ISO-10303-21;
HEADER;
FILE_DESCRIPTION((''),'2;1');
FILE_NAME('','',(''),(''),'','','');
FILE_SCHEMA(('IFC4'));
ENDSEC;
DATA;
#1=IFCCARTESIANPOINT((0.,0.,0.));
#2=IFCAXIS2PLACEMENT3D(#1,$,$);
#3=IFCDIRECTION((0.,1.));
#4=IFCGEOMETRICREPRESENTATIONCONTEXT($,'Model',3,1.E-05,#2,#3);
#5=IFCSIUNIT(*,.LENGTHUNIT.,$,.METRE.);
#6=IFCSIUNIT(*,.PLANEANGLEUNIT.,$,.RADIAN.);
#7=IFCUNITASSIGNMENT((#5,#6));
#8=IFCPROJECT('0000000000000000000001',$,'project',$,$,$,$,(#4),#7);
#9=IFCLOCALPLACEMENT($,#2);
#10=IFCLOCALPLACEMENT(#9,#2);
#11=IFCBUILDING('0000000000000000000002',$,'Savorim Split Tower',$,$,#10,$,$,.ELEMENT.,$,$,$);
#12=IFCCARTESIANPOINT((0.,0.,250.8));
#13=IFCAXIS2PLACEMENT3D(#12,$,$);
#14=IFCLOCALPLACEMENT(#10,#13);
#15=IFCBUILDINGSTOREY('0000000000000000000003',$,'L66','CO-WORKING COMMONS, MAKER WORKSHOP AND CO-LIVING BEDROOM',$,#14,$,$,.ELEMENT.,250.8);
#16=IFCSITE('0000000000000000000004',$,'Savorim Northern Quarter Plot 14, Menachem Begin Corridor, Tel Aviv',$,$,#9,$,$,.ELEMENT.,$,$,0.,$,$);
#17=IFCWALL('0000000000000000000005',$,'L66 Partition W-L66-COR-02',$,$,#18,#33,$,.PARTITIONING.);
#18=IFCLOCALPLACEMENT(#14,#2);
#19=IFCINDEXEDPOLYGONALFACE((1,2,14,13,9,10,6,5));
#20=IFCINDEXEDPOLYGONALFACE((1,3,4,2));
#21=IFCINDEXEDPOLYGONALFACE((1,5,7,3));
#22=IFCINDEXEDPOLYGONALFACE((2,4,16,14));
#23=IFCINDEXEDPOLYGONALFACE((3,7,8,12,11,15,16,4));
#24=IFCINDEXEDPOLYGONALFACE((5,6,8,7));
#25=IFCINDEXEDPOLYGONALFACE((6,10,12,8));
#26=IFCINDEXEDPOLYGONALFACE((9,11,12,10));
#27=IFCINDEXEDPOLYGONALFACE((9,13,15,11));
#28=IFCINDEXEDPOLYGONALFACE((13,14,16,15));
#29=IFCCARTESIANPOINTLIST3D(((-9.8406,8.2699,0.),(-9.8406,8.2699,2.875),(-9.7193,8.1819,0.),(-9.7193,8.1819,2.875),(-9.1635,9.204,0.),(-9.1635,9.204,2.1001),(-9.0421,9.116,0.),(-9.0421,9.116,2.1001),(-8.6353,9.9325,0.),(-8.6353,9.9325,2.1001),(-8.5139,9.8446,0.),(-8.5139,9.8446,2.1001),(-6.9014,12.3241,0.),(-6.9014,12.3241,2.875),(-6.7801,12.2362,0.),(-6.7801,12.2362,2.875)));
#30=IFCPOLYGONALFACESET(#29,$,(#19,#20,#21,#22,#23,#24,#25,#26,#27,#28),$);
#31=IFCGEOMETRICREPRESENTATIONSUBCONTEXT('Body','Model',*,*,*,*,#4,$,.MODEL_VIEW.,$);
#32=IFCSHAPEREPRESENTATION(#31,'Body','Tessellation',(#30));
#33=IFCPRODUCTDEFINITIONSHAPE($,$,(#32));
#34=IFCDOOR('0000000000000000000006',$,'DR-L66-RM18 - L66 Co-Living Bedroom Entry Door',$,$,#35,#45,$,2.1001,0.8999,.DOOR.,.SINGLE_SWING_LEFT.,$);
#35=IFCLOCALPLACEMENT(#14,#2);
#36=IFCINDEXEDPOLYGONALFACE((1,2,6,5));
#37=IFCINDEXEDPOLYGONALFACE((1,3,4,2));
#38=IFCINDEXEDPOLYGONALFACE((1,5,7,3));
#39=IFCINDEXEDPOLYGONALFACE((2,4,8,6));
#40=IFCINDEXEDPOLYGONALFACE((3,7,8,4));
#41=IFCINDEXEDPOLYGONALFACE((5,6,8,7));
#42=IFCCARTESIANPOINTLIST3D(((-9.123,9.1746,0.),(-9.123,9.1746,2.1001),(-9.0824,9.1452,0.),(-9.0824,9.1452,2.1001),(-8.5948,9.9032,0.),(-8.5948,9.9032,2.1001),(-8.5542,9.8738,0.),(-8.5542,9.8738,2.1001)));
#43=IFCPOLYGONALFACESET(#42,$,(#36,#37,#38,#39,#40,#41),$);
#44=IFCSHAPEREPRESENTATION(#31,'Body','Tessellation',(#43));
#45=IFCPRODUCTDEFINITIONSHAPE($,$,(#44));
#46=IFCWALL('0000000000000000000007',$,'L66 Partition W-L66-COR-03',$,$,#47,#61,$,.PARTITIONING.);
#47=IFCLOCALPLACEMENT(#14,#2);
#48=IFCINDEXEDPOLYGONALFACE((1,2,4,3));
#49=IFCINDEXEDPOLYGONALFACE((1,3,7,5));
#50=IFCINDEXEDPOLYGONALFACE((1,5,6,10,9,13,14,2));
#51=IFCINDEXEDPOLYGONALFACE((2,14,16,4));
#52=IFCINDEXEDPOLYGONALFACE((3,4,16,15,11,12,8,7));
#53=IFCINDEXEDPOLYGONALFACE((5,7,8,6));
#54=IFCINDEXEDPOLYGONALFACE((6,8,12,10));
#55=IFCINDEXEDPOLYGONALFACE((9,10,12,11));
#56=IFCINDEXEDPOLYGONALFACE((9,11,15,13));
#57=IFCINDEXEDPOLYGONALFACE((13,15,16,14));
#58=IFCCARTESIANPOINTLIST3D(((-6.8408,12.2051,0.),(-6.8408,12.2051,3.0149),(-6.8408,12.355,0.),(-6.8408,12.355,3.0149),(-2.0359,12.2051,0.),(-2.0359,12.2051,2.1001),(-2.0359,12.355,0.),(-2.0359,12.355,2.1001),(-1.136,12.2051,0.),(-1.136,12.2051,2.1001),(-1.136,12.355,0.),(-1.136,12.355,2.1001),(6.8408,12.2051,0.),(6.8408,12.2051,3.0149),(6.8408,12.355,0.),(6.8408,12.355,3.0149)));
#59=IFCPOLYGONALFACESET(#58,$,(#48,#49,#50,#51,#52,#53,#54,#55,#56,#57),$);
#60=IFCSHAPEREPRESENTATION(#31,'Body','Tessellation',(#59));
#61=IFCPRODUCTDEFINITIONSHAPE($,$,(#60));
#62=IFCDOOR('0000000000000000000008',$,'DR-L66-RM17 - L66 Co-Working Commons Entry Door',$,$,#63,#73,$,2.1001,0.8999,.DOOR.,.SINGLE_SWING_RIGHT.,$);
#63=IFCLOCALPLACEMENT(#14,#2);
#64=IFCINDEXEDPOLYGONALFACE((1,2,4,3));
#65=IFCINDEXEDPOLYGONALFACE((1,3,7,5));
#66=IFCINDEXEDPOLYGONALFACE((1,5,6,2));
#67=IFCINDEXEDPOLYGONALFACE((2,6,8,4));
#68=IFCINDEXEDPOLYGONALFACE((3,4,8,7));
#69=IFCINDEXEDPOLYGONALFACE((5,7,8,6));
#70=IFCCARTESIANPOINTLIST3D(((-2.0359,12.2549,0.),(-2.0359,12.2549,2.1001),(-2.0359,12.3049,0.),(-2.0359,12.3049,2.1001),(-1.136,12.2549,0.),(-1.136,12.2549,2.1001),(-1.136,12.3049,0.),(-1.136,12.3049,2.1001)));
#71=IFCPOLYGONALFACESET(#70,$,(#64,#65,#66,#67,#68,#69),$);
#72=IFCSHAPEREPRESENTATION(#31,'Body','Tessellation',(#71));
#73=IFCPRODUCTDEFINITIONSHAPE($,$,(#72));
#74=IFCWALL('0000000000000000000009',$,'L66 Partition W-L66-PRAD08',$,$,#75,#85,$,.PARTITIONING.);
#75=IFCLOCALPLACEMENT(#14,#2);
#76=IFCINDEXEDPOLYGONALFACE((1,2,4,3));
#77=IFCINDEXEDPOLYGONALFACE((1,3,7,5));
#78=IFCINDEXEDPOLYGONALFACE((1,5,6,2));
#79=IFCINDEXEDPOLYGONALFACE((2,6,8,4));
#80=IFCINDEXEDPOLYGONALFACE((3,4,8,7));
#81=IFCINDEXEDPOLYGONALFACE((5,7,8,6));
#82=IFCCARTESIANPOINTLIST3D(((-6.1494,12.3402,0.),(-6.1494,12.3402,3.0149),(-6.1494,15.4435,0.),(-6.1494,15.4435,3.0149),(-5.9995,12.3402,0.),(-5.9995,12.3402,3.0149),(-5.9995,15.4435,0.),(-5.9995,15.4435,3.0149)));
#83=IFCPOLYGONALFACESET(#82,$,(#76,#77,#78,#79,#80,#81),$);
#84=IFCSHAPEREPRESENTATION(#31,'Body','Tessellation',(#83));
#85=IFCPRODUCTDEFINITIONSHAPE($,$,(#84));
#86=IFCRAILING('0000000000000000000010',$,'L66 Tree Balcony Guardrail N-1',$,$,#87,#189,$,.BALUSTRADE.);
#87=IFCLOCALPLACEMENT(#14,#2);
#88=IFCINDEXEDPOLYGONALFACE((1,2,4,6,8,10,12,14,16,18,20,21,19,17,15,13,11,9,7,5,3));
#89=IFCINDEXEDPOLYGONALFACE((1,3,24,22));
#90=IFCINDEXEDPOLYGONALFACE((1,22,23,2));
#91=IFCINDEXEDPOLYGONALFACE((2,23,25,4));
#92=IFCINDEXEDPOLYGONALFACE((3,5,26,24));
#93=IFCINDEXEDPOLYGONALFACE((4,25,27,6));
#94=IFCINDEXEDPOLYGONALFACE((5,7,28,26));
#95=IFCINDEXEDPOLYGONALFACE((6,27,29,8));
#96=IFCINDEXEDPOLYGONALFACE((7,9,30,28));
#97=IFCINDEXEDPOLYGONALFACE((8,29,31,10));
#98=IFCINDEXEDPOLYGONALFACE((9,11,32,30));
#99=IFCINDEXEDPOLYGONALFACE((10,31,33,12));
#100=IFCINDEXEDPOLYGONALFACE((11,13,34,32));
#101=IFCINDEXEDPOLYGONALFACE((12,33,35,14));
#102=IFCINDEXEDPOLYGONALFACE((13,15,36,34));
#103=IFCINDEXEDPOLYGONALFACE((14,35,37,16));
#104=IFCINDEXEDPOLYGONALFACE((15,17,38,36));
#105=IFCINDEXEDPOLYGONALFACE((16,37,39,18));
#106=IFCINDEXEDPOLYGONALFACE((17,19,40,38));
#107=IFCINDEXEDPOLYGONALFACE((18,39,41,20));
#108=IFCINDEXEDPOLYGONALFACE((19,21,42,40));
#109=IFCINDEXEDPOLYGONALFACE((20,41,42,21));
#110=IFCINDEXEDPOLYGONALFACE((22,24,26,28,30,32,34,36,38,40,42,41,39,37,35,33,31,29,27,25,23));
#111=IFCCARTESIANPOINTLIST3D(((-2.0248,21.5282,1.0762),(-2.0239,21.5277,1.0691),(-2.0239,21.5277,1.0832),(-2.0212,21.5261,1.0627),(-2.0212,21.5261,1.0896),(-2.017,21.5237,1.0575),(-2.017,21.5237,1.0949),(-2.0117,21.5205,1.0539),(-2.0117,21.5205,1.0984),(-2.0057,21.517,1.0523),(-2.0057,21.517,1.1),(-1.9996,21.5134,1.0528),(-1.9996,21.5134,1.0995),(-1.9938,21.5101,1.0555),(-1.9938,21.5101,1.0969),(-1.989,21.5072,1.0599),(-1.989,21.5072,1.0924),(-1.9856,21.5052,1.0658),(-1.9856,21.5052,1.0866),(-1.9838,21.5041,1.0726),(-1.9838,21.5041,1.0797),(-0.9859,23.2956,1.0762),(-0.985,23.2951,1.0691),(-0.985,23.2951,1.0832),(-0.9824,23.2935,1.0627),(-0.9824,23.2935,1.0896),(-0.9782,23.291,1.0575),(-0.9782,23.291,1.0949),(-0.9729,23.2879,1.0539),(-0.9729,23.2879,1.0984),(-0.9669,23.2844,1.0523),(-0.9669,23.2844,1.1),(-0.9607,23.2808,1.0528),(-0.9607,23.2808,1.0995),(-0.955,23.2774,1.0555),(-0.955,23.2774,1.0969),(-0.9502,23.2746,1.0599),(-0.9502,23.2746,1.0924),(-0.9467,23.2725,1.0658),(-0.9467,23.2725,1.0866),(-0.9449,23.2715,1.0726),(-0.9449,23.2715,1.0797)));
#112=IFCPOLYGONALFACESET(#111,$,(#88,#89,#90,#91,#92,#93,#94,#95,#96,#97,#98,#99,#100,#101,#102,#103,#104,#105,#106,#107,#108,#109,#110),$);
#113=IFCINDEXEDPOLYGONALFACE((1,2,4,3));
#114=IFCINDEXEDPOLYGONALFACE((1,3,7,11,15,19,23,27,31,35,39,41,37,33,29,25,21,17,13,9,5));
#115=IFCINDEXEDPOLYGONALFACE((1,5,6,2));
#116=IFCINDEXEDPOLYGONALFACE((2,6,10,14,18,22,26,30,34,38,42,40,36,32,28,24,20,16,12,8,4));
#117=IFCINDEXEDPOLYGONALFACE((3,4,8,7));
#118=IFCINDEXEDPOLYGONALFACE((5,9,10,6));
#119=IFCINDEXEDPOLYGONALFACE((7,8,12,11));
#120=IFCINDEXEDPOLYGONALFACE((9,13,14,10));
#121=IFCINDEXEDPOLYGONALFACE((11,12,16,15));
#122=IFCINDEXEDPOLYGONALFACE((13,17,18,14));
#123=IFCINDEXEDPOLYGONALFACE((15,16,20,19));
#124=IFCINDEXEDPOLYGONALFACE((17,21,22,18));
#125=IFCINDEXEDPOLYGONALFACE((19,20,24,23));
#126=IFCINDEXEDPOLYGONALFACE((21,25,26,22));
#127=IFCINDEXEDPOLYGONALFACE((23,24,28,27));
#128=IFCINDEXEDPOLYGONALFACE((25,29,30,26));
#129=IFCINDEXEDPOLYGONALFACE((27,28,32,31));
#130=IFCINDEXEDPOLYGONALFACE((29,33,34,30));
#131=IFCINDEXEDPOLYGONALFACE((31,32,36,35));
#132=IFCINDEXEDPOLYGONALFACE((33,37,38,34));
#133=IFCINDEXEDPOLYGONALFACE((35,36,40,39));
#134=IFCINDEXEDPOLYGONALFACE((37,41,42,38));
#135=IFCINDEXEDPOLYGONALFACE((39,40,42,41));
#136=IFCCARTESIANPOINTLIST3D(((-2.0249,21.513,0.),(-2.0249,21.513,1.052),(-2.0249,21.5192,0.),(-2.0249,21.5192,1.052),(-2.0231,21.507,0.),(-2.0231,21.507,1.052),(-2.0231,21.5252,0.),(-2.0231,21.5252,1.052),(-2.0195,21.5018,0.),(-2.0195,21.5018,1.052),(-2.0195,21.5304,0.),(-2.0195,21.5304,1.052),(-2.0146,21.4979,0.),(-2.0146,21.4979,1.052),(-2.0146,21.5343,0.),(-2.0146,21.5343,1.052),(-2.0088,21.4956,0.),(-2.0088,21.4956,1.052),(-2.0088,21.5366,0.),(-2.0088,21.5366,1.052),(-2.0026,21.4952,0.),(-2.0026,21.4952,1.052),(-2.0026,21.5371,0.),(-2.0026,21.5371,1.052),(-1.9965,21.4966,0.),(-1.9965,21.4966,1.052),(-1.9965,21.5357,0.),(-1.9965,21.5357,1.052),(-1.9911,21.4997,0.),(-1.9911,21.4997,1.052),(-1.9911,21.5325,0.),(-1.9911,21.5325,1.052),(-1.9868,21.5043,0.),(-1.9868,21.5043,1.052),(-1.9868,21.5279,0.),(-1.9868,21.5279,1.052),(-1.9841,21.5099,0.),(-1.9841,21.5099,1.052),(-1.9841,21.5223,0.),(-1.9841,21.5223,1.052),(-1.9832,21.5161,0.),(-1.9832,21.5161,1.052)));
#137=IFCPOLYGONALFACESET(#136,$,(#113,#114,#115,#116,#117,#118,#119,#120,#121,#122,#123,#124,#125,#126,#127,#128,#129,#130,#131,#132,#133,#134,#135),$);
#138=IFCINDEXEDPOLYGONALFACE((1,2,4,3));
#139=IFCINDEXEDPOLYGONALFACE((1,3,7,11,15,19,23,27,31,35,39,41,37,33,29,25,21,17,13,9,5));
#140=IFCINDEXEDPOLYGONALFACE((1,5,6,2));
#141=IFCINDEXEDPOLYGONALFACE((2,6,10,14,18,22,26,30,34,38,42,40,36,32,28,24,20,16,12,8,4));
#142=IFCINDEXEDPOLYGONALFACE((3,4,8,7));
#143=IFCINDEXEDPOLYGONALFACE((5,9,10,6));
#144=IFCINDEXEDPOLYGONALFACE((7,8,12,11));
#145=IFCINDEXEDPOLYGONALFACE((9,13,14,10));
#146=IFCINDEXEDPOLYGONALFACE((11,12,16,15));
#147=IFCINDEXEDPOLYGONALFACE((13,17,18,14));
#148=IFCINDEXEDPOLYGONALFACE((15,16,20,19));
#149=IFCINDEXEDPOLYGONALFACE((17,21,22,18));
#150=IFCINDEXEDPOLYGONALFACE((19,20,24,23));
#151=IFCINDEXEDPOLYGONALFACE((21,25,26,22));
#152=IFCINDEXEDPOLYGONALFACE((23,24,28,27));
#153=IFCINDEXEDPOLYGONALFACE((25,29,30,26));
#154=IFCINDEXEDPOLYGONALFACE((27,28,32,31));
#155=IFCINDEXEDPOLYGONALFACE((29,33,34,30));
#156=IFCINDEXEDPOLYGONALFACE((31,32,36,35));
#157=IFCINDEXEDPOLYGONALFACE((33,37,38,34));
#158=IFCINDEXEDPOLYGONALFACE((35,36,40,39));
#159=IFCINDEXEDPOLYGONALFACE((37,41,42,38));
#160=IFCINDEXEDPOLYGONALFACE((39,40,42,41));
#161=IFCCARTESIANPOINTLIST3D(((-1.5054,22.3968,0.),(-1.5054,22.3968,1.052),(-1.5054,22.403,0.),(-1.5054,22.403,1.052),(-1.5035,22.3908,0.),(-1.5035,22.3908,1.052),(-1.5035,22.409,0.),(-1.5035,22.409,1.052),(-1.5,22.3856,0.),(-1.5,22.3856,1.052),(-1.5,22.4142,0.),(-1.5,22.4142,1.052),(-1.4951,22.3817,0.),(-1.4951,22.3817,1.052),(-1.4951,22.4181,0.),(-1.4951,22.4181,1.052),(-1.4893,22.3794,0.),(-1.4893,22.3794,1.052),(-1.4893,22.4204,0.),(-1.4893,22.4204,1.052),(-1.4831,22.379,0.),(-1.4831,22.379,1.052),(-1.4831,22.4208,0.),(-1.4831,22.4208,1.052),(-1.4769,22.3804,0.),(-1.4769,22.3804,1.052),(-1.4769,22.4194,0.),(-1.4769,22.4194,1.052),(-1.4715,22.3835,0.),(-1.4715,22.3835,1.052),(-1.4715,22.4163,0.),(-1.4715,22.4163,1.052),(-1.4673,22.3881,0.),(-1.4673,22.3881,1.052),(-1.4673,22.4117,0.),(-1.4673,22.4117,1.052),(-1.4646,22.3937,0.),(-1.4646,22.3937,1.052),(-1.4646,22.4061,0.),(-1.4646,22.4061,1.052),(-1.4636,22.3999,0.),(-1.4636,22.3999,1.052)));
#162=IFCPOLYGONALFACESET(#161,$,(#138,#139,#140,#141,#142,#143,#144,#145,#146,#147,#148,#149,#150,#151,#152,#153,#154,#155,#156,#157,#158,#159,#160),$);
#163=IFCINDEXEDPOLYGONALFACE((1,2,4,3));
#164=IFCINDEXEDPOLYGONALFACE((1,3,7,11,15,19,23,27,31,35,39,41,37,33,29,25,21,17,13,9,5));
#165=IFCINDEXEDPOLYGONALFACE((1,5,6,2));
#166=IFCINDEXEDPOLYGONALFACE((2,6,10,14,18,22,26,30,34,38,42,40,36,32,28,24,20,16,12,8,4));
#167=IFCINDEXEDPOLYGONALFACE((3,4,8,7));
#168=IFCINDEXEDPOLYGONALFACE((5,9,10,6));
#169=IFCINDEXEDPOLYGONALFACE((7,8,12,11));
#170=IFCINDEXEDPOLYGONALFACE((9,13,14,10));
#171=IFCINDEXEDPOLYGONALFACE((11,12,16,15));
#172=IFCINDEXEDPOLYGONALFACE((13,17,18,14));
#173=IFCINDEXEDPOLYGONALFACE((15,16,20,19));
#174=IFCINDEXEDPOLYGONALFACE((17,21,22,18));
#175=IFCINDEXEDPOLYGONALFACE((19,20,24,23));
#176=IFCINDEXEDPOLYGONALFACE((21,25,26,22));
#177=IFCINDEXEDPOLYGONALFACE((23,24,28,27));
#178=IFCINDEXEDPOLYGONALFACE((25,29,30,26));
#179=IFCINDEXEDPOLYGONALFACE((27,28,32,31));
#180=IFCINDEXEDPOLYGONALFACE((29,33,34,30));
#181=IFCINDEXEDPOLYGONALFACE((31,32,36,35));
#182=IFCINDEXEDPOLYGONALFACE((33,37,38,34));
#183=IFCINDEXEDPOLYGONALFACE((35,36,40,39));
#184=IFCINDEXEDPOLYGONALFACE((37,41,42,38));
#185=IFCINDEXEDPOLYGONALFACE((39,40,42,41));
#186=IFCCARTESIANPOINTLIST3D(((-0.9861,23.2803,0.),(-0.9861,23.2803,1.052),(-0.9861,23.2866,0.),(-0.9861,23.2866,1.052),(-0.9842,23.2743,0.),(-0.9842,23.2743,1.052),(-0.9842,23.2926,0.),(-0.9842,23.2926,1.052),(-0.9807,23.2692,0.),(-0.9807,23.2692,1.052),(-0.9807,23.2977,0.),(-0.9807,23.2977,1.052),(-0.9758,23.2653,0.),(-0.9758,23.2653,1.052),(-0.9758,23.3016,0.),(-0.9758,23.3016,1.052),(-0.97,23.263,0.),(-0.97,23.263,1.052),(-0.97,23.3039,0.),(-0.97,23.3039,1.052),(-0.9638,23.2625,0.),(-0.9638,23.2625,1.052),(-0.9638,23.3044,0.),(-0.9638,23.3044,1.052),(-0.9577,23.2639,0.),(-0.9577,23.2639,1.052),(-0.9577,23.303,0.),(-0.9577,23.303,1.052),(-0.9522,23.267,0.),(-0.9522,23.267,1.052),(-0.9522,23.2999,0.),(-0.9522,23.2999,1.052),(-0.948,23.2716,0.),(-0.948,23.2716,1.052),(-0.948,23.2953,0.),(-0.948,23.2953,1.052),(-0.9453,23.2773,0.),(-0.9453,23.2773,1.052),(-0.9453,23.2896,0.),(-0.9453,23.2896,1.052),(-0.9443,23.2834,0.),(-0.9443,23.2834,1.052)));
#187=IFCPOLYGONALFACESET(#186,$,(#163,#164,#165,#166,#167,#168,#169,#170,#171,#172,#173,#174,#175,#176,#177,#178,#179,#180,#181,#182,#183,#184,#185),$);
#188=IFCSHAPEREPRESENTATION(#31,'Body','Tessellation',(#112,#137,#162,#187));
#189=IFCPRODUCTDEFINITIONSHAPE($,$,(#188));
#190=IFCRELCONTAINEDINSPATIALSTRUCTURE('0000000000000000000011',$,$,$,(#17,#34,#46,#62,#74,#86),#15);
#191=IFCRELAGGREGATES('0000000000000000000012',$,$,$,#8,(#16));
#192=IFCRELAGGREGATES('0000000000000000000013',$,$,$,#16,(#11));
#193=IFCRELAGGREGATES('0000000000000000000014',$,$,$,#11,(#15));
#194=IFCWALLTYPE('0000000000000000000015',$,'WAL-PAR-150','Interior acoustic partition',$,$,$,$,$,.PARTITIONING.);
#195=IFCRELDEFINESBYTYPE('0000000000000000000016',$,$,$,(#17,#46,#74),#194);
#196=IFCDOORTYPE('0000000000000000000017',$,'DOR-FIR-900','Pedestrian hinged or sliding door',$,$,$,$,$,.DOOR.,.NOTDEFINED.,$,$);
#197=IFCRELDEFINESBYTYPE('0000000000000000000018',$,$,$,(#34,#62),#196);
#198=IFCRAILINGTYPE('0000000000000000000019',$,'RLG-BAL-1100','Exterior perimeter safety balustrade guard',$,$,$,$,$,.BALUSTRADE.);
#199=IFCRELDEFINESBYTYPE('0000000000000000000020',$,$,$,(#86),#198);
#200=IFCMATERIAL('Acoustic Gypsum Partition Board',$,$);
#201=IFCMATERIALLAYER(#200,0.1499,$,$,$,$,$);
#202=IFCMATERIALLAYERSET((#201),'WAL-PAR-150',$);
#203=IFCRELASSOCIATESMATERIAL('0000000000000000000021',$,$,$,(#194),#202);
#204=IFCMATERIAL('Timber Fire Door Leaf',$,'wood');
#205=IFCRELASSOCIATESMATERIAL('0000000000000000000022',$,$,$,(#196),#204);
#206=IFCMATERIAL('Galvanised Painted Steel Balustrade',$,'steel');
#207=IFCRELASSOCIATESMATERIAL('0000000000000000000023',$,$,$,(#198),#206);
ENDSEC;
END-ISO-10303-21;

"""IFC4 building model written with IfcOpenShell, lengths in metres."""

from ifc_helpers import new_model, si_unit, direction, frame, frame_2d, origin, origin_2d, place, context, subcontext, project, spatial, rectangle, circle, extrude, material, layer, layer_set, type_object, element, fill, save


model = new_model("IFC4")

# Units and contexts
model_context = context("Model", 3, precision=1e-05, world=origin(), true_north=direction((0.0, 1.0)))
body_context = subcontext(model_context, "Body", "Model", "MODEL_VIEW")
ifc_project = project(units=[si_unit("LENGTHUNIT", "METRE"), si_unit("PLANEANGLEUNIT", "RADIAN")], contexts=[model_context])

# Site, building, storey
site_placement = place(None, origin())
site = spatial("IfcSite", under=ifc_project, at=site_placement, Name="Savorim Northern Quarter Plot 14, Menachem Begin Corridor, Tel Aviv", CompositionType="ELEMENT", RefElevation=0.0)
building_placement = place(site_placement, origin())
building = spatial("IfcBuilding", under=site, at=building_placement, Name="Savorim Split Tower", CompositionType="ELEMENT")
storey_placement = place(building_placement, frame((0.0, 0.0, 250.8)))
storey = spatial("IfcBuildingStorey", under=building, at=storey_placement, Name="L66", Description="CO-WORKING COMMONS, MAKER WORKSHOP AND CO-LIVING BEDROOM", CompositionType="ELEMENT", Elevation=250.8)

# Shared definitions
ifc_material_1 = material(Name="Acoustic Gypsum Partition Board")
ifc_layer_1 = layer(ifc_material_1, 0.1499)
ifc_layer_set_1 = layer_set([ifc_layer_1], Name="WAL-PAR-150")
wall_type_1 = type_object("IfcWallType", Name="WAL-PAR-150", Description="Interior acoustic partition", PredefinedType="PARTITIONING", material=ifc_layer_set_1)

# Walls, openings, doors
wall_1_placement = place(storey_placement, frame((-9.78, 8.2258, 0.0), z_axis=(0.0, 0.0, 1.0), x_axis=(0.586956, 0.809619, 0.0)))
wall_1 = element("IfcWall", 1, at=wall_1_placement, inside=storey, type_object=wall_type_1, Name="L66 Partition W-L66-COR-02", PredefinedType="PARTITIONING", context=body_context, shape_type="SweptSolid", body=[
    extrude(rectangle(XDim=5.0076, YDim=0.1499, at=frame_2d((2.5039, 0.0))), origin(), (0.0, 0.0, 1.0), 2.875),
])
opening_1_placement = place(wall_1_placement, frame((1.1538, 0.0, 0.0)))
opening_1 = element("IfcOpeningElement", 2, at=opening_1_placement, cuts=wall_1, PredefinedType="OPENING", context=body_context, shape_type="SweptSolid", body=[
    extrude(rectangle(XDim=0.8999, YDim=2.1001, at=frame_2d((0.45, 1.05))), frame((0.0, 0.085, 0.0), z_axis=(0.0, -1.0, 0.0), x_axis=(1.0, 0.0, 0.0)), (0.0, 0.0, 1.0), 0.1699),
])
ifc_material_2 = material(Name="Timber Fire Door Leaf", Category="wood")
door_type_1 = type_object("IfcDoorType", Name="DOR-FIR-900", Description="Pedestrian hinged or sliding door", OperationType="NOTDEFINED", PredefinedType="DOOR", material=ifc_material_2)
door_1_placement = place(opening_1_placement, origin())
door_1 = element("IfcDoor", 3, at=door_1_placement, inside=storey, type_object=door_type_1, Name="DR-L66-RM18 - L66 Co-Living Bedroom Entry Door", OperationType="SINGLE_SWING_LEFT", OverallHeight=2.1001, OverallWidth=0.8999, PredefinedType="DOOR", context=body_context, shape_type="SweptSolid", body=[
    extrude(rectangle(XDim=0.8999, YDim=2.1001, at=frame_2d((0.45, 1.05))), frame((0.0, 0.0249, 0.0), z_axis=(0.0, -1.0, 0.0), x_axis=(1.0, 0.0, 0.0)), (0.0, 0.0, 1.0), 0.05),
])
fill(opening_1, door_1)
wall_2_placement = place(storey_placement, frame((-6.8408, 12.28, 0.0), z_axis=(0.0, 0.0, 1.0), x_axis=(1.0, 0.0, 0.0)))
wall_2 = element("IfcWall", 4, at=wall_2_placement, inside=storey, type_object=wall_type_1, Name="L66 Partition W-L66-COR-03", PredefinedType="PARTITIONING", context=body_context, shape_type="SweptSolid", body=[
    extrude(rectangle(XDim=13.6816, YDim=0.1499, at=frame_2d((6.8408, 0.0))), origin(), (0.0, 0.0, 1.0), 3.0149),
])
opening_2_placement = place(wall_2_placement, frame((4.8049, 0.0, 0.0)))
opening_2 = element("IfcOpeningElement", 5, at=opening_2_placement, cuts=wall_2, PredefinedType="OPENING", context=body_context, shape_type="SweptSolid", body=[
    extrude(rectangle(XDim=0.8999, YDim=2.1001, at=frame_2d((0.45, 1.05))), frame((0.0, 0.085, 0.0), z_axis=(0.0, -1.0, 0.0), x_axis=(1.0, 0.0, 0.0)), (0.0, 0.0, 1.0), 0.1699),
])
door_2_placement = place(opening_2_placement, origin())
door_2 = element("IfcDoor", 6, at=door_2_placement, inside=storey, type_object=door_type_1, Name="DR-L66-RM17 - L66 Co-Working Commons Entry Door", OperationType="SINGLE_SWING_RIGHT", OverallHeight=2.1001, OverallWidth=0.8999, PredefinedType="DOOR", context=body_context, shape_type="SweptSolid", body=[
    extrude(rectangle(XDim=0.8999, YDim=2.1001, at=frame_2d((0.45, 1.05))), frame((0.0, 0.0249, 0.0), z_axis=(0.0, -1.0, 0.0), x_axis=(1.0, 0.0, 0.0)), (0.0, 0.0, 1.0), 0.05),
])
fill(opening_2, door_2)

# Wall
wall_3_placement = place(storey_placement, frame((-6.0745, 12.3401, 0.0), z_axis=(0.0, 0.0, 1.0), x_axis=(0.0, 1.0, 0.0)))
element("IfcWall", 7, at=wall_3_placement, inside=storey, type_object=wall_type_1, Name="L66 Partition W-L66-PRAD08", PredefinedType="PARTITIONING", context=body_context, shape_type="SweptSolid", body=[
    extrude(rectangle(XDim=3.1033, YDim=0.1499, at=frame_2d((1.5518, 0.0))), origin(), (0.0, 0.0, 1.0), 3.0149),
])

# Railing
ifc_material_3 = material(Name="Galvanised Painted Steel Balustrade", Category="steel")
railing_type = type_object("IfcRailingType", Name="RLG-BAL-1100", Description="Exterior perimeter safety balustrade guard", PredefinedType="BALUSTRADE", material=ifc_material_3)
railing_1_placement = place(storey_placement, frame((-2.0042, 21.5161, 0.0)))
element("IfcRailing", 8, at=railing_1_placement, inside=storey, type_object=railing_type, Name="L66 Tree Balcony Guardrail N-1", PredefinedType="BALUSTRADE", context=body_context, shape_type="SweptSolid", body=[
    extrude(circle(Radius=0.0239, at=origin_2d()), frame((0.0, 0.0, 1.0762), z_axis=(0.506734, 0.862103, 0.0), x_axis=(-0.862103, 0.506734, 0.0)), (0.0, 0.0, 1.0), 2.05),
    extrude(circle(Radius=0.021, at=origin_2d()), origin(), (0.0, 0.0, 1.0), 1.052),
    extrude(circle(Radius=0.021, at=origin_2d()), frame((0.5195, 0.8838, 0.0)), (0.0, 0.0, 1.0), 1.052),
    extrude(circle(Radius=0.021, at=origin_2d()), frame((1.0388, 1.7673, 0.0)), (0.0, 0.0, 1.0), 1.052),
])

save(model, "model.ifc")
